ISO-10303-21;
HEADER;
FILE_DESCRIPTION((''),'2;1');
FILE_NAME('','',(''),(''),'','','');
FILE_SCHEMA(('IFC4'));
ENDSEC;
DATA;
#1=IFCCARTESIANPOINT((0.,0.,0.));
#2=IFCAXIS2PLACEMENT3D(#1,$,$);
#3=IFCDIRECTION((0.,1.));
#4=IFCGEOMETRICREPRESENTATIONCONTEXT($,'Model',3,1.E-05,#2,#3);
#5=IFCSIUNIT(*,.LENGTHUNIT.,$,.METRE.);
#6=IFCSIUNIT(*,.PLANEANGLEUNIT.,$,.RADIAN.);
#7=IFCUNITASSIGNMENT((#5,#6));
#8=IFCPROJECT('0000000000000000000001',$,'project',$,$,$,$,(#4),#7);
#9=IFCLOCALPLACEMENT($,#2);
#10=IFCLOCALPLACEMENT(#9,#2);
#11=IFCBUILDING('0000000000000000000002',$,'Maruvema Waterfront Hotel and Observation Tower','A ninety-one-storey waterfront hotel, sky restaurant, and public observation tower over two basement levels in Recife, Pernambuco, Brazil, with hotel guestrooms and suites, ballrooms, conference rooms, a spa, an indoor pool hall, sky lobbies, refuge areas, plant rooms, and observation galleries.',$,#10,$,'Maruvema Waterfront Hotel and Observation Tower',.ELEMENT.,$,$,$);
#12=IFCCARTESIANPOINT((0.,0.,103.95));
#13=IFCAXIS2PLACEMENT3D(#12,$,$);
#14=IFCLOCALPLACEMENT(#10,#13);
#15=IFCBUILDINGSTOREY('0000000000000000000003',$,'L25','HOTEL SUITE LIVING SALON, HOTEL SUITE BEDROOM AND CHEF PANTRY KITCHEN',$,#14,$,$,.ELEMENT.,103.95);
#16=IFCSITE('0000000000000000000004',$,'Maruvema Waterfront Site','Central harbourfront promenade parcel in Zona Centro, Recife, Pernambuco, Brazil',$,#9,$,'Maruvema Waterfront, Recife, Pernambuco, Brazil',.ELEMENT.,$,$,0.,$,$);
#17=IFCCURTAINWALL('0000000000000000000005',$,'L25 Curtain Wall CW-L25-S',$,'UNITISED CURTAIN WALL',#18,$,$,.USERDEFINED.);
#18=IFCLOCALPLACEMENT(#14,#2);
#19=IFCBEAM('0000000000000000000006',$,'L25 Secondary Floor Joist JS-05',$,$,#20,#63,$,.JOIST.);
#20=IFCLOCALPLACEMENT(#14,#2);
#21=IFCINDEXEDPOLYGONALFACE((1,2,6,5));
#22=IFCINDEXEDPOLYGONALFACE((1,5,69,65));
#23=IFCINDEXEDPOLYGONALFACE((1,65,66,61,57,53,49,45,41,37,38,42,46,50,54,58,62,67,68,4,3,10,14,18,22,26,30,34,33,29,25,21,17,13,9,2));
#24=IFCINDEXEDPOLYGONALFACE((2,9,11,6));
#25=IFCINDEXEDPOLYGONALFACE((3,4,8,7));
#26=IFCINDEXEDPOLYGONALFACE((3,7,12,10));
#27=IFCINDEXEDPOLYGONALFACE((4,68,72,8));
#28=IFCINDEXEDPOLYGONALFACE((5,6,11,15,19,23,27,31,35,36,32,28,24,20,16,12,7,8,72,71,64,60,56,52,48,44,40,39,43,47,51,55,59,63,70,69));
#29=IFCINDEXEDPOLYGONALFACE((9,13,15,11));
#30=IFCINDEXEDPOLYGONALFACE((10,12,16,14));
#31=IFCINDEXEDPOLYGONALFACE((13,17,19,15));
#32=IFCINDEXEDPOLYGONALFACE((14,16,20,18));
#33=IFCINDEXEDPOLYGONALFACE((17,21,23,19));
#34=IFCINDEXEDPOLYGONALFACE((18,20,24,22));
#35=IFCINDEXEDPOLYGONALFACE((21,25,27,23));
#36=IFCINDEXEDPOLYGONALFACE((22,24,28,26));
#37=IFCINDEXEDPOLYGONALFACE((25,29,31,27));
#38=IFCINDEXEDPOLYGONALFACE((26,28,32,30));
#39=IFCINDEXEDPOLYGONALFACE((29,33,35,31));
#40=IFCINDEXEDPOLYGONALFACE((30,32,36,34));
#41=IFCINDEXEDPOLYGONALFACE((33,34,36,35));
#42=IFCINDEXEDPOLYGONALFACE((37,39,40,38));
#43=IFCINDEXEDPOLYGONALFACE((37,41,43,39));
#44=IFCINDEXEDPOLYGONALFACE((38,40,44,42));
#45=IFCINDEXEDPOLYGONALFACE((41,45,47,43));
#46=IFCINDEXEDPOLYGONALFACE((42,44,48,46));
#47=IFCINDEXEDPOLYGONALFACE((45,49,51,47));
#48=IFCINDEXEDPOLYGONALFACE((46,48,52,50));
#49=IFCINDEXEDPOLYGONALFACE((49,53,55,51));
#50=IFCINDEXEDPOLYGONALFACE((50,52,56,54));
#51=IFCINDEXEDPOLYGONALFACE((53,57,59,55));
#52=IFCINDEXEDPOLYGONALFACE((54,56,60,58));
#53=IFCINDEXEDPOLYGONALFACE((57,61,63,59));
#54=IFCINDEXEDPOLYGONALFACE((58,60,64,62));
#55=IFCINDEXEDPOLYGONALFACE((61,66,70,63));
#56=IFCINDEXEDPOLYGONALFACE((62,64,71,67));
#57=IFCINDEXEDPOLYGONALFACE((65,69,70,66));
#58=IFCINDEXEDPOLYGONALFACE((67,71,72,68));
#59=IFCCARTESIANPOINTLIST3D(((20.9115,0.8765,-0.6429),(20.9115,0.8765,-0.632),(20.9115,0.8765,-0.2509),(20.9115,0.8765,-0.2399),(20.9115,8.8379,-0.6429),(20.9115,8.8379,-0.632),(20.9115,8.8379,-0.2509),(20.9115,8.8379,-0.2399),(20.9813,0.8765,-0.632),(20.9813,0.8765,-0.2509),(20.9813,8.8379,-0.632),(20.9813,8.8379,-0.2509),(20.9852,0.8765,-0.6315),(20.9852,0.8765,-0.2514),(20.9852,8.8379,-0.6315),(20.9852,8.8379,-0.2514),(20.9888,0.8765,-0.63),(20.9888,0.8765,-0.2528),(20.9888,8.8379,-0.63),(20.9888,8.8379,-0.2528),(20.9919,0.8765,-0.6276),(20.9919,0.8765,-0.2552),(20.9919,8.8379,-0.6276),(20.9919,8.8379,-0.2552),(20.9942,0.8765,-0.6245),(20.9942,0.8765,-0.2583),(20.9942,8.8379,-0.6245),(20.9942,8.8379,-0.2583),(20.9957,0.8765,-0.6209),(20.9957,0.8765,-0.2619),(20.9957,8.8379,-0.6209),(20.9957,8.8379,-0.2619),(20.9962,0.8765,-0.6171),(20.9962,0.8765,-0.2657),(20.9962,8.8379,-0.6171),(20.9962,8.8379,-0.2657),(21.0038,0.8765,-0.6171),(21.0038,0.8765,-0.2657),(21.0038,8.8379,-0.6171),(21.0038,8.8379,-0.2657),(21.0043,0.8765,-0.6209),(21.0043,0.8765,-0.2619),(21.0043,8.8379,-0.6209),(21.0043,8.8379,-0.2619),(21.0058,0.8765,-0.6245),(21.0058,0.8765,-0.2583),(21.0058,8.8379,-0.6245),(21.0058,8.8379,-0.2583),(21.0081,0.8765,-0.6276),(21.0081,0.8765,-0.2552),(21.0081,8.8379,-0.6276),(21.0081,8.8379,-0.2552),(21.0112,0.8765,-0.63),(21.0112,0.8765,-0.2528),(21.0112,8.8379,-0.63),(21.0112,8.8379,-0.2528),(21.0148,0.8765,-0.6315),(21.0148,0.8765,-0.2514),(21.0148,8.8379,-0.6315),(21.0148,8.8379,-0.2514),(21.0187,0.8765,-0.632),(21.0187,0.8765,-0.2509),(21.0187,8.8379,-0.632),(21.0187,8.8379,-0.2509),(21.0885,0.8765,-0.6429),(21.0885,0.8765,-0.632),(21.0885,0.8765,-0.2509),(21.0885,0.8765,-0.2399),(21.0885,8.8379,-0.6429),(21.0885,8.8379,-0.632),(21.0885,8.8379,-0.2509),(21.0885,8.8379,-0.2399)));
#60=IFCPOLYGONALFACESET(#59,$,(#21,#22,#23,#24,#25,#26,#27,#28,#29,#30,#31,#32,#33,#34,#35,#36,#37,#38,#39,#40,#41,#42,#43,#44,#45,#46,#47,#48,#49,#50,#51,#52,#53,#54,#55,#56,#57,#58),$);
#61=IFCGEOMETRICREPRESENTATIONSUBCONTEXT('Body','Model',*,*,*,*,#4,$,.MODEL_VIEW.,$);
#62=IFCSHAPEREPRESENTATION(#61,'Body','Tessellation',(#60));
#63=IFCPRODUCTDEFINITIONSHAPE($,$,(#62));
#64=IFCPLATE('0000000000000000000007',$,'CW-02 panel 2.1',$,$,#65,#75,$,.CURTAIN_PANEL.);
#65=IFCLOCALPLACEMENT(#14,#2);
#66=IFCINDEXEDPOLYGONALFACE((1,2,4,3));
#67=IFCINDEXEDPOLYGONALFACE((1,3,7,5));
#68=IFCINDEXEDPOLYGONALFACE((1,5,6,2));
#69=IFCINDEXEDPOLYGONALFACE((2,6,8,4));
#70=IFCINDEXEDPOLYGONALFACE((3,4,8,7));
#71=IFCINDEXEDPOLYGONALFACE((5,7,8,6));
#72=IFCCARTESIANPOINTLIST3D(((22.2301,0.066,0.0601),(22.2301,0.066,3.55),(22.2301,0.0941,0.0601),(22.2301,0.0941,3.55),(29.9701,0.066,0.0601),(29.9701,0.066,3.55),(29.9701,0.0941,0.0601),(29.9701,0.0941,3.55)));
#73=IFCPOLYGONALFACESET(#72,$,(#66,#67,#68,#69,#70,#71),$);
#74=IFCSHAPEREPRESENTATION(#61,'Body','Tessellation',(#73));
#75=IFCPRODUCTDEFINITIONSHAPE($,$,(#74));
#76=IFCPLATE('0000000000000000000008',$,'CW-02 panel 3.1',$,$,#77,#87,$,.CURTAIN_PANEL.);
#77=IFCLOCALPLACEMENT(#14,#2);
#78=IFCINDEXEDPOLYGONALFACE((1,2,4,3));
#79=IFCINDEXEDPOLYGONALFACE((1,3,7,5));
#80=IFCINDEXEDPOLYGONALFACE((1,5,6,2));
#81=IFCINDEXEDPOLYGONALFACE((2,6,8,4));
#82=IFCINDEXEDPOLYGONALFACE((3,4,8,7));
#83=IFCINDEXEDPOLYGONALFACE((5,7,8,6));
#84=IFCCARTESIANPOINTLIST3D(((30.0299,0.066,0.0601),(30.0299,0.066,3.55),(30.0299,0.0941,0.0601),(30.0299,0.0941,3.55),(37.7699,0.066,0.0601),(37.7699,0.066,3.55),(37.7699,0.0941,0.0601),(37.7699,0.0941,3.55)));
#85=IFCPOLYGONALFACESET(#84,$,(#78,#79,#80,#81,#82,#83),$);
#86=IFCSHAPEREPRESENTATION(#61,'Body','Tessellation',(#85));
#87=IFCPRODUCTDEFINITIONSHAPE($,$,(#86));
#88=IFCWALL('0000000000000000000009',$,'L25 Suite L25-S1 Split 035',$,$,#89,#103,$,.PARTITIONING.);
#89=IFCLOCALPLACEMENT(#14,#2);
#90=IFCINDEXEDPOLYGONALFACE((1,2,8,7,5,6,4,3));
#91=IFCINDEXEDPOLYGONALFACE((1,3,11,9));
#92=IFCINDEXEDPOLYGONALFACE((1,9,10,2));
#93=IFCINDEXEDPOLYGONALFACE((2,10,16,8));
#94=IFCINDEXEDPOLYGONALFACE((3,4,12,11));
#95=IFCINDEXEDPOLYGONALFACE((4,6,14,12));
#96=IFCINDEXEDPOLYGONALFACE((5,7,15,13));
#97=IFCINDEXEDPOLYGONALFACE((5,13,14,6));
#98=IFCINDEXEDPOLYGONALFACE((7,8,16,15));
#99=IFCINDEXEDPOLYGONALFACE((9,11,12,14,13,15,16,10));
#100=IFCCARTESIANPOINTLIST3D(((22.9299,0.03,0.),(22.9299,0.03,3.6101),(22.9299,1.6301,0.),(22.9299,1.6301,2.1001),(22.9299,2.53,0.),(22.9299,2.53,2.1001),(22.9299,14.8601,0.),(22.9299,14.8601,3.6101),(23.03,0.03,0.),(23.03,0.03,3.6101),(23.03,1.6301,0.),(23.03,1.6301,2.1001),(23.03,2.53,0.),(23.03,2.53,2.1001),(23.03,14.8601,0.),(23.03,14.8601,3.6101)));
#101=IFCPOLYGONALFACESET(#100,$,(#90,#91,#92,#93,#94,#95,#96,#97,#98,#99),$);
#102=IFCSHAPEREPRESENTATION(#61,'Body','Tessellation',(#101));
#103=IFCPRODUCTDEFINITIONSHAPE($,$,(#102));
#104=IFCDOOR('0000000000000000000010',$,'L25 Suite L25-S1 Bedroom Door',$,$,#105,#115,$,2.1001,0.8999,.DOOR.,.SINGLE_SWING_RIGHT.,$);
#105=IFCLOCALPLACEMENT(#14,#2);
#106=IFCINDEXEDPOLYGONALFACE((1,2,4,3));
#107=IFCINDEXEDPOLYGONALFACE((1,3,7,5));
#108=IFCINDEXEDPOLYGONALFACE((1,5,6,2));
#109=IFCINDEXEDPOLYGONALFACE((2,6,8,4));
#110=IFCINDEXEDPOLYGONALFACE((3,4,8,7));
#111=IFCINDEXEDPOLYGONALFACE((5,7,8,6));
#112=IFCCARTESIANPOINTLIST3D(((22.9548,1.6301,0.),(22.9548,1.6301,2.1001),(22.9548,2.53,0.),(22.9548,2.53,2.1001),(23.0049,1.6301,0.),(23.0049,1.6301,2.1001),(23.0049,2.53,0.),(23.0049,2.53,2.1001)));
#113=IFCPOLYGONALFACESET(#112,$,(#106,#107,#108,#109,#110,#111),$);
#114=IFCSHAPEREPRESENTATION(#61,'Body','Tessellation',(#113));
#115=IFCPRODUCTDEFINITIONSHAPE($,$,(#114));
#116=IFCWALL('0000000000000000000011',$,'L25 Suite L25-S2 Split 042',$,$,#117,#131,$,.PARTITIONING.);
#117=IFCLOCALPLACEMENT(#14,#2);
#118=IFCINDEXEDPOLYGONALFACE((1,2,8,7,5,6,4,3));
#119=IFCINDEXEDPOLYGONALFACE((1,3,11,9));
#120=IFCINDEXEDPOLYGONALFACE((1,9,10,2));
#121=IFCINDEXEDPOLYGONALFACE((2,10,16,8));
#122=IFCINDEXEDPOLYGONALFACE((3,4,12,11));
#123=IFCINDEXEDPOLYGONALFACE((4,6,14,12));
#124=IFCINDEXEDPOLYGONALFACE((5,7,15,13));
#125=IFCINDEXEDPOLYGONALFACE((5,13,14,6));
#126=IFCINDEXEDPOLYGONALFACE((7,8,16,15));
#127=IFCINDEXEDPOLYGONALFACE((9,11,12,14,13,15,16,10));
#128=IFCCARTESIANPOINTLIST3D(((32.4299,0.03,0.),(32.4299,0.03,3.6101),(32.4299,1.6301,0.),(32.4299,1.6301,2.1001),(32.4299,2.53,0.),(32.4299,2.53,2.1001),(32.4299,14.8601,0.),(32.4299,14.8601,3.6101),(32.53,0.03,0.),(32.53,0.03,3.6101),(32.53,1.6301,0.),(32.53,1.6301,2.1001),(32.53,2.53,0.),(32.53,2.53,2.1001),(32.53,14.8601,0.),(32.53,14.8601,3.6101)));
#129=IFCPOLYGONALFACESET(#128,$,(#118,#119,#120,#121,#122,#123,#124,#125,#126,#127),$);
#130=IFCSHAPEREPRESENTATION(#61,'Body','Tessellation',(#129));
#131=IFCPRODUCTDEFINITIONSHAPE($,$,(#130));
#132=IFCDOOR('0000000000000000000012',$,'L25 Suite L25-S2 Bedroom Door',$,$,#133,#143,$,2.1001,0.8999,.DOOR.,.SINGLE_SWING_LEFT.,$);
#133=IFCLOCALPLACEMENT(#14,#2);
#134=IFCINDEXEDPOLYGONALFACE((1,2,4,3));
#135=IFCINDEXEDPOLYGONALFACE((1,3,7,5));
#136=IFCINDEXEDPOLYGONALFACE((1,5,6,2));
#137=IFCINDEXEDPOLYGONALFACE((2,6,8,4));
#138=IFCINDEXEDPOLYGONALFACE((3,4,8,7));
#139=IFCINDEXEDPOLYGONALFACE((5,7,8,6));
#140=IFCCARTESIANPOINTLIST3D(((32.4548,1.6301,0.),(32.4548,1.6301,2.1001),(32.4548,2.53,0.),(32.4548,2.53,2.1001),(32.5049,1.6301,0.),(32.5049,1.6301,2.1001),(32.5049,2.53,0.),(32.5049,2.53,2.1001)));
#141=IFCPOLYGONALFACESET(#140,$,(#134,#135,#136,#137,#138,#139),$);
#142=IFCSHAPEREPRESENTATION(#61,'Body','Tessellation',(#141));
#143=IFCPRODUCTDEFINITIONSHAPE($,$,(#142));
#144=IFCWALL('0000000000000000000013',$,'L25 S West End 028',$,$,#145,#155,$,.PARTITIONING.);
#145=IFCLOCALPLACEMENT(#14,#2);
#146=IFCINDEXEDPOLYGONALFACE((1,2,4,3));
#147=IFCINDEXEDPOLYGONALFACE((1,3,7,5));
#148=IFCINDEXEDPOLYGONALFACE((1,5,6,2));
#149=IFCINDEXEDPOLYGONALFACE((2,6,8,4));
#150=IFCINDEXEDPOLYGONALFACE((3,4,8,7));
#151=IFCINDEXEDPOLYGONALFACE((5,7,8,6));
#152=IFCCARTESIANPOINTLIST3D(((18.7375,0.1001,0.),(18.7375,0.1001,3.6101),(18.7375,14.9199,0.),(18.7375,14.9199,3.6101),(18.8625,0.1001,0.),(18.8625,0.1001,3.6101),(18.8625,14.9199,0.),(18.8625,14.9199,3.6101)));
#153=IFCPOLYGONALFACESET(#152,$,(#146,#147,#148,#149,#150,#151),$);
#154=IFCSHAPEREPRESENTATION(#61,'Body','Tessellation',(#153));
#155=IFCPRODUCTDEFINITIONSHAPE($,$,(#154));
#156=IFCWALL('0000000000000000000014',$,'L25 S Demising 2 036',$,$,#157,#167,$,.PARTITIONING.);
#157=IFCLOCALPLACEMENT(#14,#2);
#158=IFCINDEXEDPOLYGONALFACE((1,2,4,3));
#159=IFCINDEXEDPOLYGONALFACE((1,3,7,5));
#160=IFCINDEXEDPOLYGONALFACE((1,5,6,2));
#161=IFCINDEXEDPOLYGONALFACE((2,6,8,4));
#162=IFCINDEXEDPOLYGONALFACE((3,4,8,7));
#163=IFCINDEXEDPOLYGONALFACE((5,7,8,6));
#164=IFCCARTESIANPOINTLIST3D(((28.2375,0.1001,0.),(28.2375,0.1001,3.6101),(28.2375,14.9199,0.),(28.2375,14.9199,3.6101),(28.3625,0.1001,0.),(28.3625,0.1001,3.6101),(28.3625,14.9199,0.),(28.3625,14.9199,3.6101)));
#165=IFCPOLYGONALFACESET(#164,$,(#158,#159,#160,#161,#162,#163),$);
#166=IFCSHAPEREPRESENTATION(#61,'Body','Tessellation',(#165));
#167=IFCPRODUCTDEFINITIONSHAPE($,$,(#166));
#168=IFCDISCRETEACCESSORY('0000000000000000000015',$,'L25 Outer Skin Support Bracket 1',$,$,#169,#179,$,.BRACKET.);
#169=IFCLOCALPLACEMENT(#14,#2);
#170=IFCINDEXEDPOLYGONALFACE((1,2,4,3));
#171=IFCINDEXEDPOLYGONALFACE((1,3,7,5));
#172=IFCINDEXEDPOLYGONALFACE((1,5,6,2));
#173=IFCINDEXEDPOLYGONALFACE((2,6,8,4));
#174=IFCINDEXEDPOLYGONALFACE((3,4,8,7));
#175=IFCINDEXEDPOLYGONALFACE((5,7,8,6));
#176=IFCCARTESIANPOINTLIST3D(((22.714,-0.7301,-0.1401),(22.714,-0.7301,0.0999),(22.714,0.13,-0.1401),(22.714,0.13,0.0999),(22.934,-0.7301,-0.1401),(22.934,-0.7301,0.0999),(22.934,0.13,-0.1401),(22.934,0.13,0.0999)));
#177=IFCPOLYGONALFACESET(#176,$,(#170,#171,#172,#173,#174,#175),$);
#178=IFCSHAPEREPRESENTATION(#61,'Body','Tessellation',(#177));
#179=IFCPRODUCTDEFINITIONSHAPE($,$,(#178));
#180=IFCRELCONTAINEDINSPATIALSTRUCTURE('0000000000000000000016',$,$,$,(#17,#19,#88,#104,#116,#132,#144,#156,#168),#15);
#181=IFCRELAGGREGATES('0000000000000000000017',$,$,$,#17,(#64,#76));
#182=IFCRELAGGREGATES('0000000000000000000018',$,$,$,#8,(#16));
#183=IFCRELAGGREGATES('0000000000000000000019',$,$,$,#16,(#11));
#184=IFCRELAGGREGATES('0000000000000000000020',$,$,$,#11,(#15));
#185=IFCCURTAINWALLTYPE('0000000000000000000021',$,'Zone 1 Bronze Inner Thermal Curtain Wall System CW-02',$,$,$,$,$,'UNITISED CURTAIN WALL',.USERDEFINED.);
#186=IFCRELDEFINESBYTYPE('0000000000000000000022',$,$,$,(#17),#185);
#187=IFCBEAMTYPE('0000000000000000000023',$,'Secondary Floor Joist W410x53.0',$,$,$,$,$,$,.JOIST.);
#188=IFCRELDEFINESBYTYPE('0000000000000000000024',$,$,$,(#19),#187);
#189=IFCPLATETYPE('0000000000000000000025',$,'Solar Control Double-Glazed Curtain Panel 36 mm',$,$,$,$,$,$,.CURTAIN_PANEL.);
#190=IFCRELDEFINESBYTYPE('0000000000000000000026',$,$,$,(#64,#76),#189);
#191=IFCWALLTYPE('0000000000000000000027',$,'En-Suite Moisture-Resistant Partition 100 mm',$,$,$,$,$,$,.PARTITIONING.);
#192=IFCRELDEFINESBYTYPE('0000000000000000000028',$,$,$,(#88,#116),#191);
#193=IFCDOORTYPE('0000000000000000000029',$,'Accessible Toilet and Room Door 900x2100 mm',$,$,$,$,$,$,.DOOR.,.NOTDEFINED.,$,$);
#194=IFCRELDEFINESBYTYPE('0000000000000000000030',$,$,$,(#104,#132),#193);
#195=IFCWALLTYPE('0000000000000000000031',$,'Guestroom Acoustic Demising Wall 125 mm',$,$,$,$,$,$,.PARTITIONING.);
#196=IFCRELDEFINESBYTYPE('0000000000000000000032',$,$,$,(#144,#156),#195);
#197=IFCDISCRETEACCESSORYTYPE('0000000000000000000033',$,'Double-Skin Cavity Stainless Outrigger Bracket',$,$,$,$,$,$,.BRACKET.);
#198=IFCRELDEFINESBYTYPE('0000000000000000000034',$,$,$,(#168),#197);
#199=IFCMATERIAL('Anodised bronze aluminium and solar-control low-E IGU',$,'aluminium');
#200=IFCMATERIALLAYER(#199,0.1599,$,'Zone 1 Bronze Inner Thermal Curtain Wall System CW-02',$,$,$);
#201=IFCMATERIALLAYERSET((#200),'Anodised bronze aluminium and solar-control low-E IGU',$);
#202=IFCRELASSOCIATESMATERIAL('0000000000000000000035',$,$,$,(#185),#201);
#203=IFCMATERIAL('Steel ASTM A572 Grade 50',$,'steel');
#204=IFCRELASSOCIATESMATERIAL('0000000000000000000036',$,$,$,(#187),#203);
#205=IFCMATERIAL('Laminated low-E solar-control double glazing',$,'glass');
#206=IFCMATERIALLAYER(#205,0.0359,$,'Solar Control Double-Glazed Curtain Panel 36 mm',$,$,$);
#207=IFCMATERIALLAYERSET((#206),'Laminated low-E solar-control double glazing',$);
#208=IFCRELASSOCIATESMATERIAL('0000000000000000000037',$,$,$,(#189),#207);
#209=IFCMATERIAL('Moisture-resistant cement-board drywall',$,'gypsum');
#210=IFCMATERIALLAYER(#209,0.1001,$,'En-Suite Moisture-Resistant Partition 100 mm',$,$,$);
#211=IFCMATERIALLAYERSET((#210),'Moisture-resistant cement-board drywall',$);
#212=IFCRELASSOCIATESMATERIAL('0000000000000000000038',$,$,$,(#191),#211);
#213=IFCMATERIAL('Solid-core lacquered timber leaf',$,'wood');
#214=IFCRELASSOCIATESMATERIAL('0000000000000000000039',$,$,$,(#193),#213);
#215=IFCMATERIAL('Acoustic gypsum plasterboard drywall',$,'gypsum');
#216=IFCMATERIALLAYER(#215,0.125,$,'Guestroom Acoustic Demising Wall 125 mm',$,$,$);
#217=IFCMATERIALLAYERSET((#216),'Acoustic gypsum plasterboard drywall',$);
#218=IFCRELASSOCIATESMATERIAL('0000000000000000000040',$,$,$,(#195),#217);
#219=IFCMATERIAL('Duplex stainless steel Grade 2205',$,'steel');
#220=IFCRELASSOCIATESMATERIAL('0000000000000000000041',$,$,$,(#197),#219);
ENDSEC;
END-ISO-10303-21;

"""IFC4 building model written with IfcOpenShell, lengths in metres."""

from ifc_helpers import new_model, si_unit, direction, frame, frame_2d, origin, origin_2d, place, context, subcontext, project, spatial, rectangle, i_section, extrude, material, layer, layer_set, material_profile, profile_set, type_object, element, fill, aggregate, save


model = new_model("IFC4")

# Units and contexts
model_context = context("Model", 3, precision=1e-05, world=origin(), true_north=direction((0.0, 1.0)))
body_context = subcontext(model_context, "Body", "Model", "MODEL_VIEW")
ifc_project = project(units=[si_unit("LENGTHUNIT", "METRE"), si_unit("PLANEANGLEUNIT", "RADIAN")], contexts=[model_context])

# Site, building, storey
site_placement = place(None, origin())
site = spatial("IfcSite", under=ifc_project, at=site_placement, Name="Maruvema Waterfront Site", Description="Central harbourfront promenade parcel in Zona Centro, Recife, Pernambuco, Brazil", LongName="Maruvema Waterfront, Recife, Pernambuco, Brazil", CompositionType="ELEMENT", RefElevation=0.0)
building_placement = place(site_placement, origin())
building = spatial("IfcBuilding", under=site, at=building_placement, Name="Maruvema Waterfront Hotel and Observation Tower", Description="A ninety-one-storey waterfront hotel, sky restaurant, and public observation tower over two basement levels in Recife, Pernambuco, Brazil, with hotel guestrooms and suites, ballrooms, conference rooms, a spa, an indoor pool hall, sky lobbies, refuge areas, plant rooms, and observation galleries.", LongName="Maruvema Waterfront Hotel and Observation Tower", CompositionType="ELEMENT")
storey_placement = place(building_placement, frame((0.0, 0.0, 103.95)))
storey = spatial("IfcBuildingStorey", under=building, at=storey_placement, Name="L25", Description="HOTEL SUITE LIVING SALON, HOTEL SUITE BEDROOM AND CHEF PANTRY KITCHEN", CompositionType="ELEMENT", Elevation=103.95)

# Curtain wall
ifc_material_1 = material(Name="Anodised bronze aluminium and solar-control low-E IGU", Category="aluminium")
ifc_layer_1 = layer(ifc_material_1, 0.1599, Name="Zone 1 Bronze Inner Thermal Curtain Wall System CW-02")
ifc_layer_set_1 = layer_set([ifc_layer_1], Name="Anodised bronze aluminium and solar-control low-E IGU")
curtain_wall_type = type_object("IfcCurtainWallType", Name="Zone 1 Bronze Inner Thermal Curtain Wall System CW-02", ElementType="UNITISED CURTAIN WALL", PredefinedType="USERDEFINED", material=ifc_layer_set_1)
curtain_wall_placement = place(storey_placement, origin())
curtain_wall = element("IfcCurtainWall", 1, at=curtain_wall_placement, inside=storey, type_object=curtain_wall_type, Name="L25 Curtain Wall CW-L25-S", ObjectType="UNITISED CURTAIN WALL", PredefinedType="USERDEFINED")

# Beam
ifc_material_2 = material(Name="Steel ASTM A572 Grade 50", Category="steel")
ifc_material_profile_1 = material_profile(ifc_material_2, i_section(OverallWidth=0.177, OverallDepth=0.4031, WebThickness=0.0076, FlangeThickness=0.011, FilletRadius=0.0149, at=origin_2d()), Name="W410x53.0")
ifc_profile_set_1 = profile_set([ifc_material_profile_1], Name="Steel ASTM A572 Grade 50")
beam_type_1 = type_object("IfcBeamType", Name="Secondary Floor Joist W410x53.0", PredefinedType="JOIST", material=ifc_profile_set_1)
beam_1_placement = place(storey_placement, frame((21.0, 0.8765, -0.4414), z_axis=(0.0, 1.0, 0.0), x_axis=(-1.0, 0.0, 0.0)))
element("IfcBeam", 2, at=beam_1_placement, inside=storey, type_object=beam_type_1, Name="L25 Secondary Floor Joist JS-05", PredefinedType="JOIST", context=body_context, shape_type="SweptSolid", body=[
    extrude(i_section(OverallWidth=0.177, OverallDepth=0.4031, WebThickness=0.0076, FlangeThickness=0.011, FilletRadius=0.0149, at=origin_2d()), origin(), (0.0, 0.0, 1.0), 7.9614),
])

# Plates
ifc_material_3 = material(Name="Laminated low-E solar-control double glazing", Category="glass")
ifc_layer_2 = layer(ifc_material_3, 0.0359, Name="Solar Control Double-Glazed Curtain Panel 36 mm")
ifc_layer_set_2 = layer_set([ifc_layer_2], Name="Laminated low-E solar-control double glazing")
plate_type = type_object("IfcPlateType", Name="Solar Control Double-Glazed Curtain Panel 36 mm", PredefinedType="CURTAIN_PANEL", material=ifc_layer_set_2)
plate_1_placement = place(storey_placement, frame((26.1001, 0.0801, 0.0601), z_axis=(0.0, 0.0, 1.0), x_axis=(1.0, 0.0, 0.0)))
plate_1 = element("IfcPlate", 3, at=plate_1_placement, type_object=plate_type, Name="CW-02 panel 2.1", PredefinedType="CURTAIN_PANEL", context=body_context, shape_type="SweptSolid", body=[
    extrude(rectangle(XDim=7.74, YDim=0.0281, at=origin_2d()), origin(), (0.0, 0.0, 1.0), 3.49),
])
plate_2_placement = place(storey_placement, frame((33.8999, 0.0801, 0.0601), z_axis=(0.0, 0.0, 1.0), x_axis=(1.0, 0.0, 0.0)))
plate_2 = element("IfcPlate", 4, at=plate_2_placement, type_object=plate_type, Name="CW-02 panel 3.1", PredefinedType="CURTAIN_PANEL", context=body_context, shape_type="SweptSolid", body=[
    extrude(rectangle(XDim=7.74, YDim=0.0281, at=origin_2d()), origin(), (0.0, 0.0, 1.0), 3.49),
])
aggregate(curtain_wall, [plate_1, plate_2])

# Walls, openings, doors
ifc_material_4 = material(Name="Moisture-resistant cement-board drywall", Category="gypsum")
ifc_layer_3 = layer(ifc_material_4, 0.1001, Name="En-Suite Moisture-Resistant Partition 100 mm")
ifc_layer_set_3 = layer_set([ifc_layer_3], Name="Moisture-resistant cement-board drywall")
wall_type_1 = type_object("IfcWallType", Name="En-Suite Moisture-Resistant Partition 100 mm", PredefinedType="PARTITIONING", material=ifc_layer_set_3)
wall_1_placement = place(storey_placement, frame((22.98, 0.03, 0.0), z_axis=(0.0, 0.0, 1.0), x_axis=(0.0, 1.0, 0.0)))
wall_1 = element("IfcWall", 5, at=wall_1_placement, inside=storey, type_object=wall_type_1, Name="L25 Suite L25-S1 Split 035", PredefinedType="PARTITIONING", context=body_context, shape_type="SweptSolid", body=[
    extrude(rectangle(XDim=14.8301, YDim=0.1001, at=frame_2d((7.415, 0.0))), origin(), (0.0, 0.0, 1.0), 3.6101),
])
opening_1_placement = place(wall_1_placement, frame((1.6001, 0.0, 0.0)))
opening_1 = element("IfcOpeningElement", 6, at=opening_1_placement, cuts=wall_1, PredefinedType="OPENING", context=body_context, shape_type="SweptSolid", body=[
    extrude(rectangle(XDim=0.8999, YDim=2.1001, at=frame_2d((0.45, 1.05))), frame((0.0, 0.0601, 0.0), z_axis=(0.0, -1.0, 0.0), x_axis=(1.0, 0.0, 0.0)), (0.0, 0.0, 1.0), 0.1201),
])
ifc_material_5 = material(Name="Solid-core lacquered timber leaf", Category="wood")
door_type = type_object("IfcDoorType", Name="Accessible Toilet and Room Door 900x2100 mm", OperationType="NOTDEFINED", PredefinedType="DOOR", material=ifc_material_5)
door_1_placement = place(opening_1_placement, frame((0.8999, 0.0, 0.0), z_axis=(0.0, 0.0, 1.0), x_axis=(-1.0, 0.0, 0.0)))
door_1 = element("IfcDoor", 7, at=door_1_placement, inside=storey, type_object=door_type, Name="L25 Suite L25-S1 Bedroom Door", OperationType="SINGLE_SWING_RIGHT", OverallHeight=2.1001, OverallWidth=0.8999, PredefinedType="DOOR", context=body_context, shape_type="SweptSolid", body=[
    extrude(rectangle(XDim=0.8999, YDim=2.1001, at=frame_2d((0.45, 1.05))), frame((0.0, 0.0249, 0.0), z_axis=(0.0, -1.0, 0.0), x_axis=(1.0, 0.0, 0.0)), (0.0, 0.0, 1.0), 0.05),
])
fill(opening_1, door_1)
wall_2_placement = place(storey_placement, frame((32.48, 0.03, 0.0), z_axis=(0.0, 0.0, 1.0), x_axis=(0.0, 1.0, 0.0)))
wall_2 = element("IfcWall", 8, at=wall_2_placement, inside=storey, type_object=wall_type_1, Name="L25 Suite L25-S2 Split 042", PredefinedType="PARTITIONING", context=body_context, shape_type="SweptSolid", body=[
    extrude(rectangle(XDim=14.8301, YDim=0.1001, at=frame_2d((7.415, 0.0))), origin(), (0.0, 0.0, 1.0), 3.6101),
])
opening_2_placement = place(wall_2_placement, frame((1.6001, 0.0, 0.0)))
opening_2 = element("IfcOpeningElement", 9, at=opening_2_placement, cuts=wall_2, PredefinedType="OPENING", context=body_context, shape_type="SweptSolid", body=[
    extrude(rectangle(XDim=0.8999, YDim=2.1001, at=frame_2d((0.45, 1.05))), frame((0.0, 0.0601, 0.0), z_axis=(0.0, -1.0, 0.0), x_axis=(1.0, 0.0, 0.0)), (0.0, 0.0, 1.0), 0.1201),
])
door_2_placement = place(opening_2_placement, frame((0.8999, 0.0, 0.0), z_axis=(0.0, 0.0, 1.0), x_axis=(-1.0, 0.0, 0.0)))
door_2 = element("IfcDoor", 10, at=door_2_placement, inside=storey, type_object=door_type, Name="L25 Suite L25-S2 Bedroom Door", OperationType="SINGLE_SWING_LEFT", OverallHeight=2.1001, OverallWidth=0.8999, PredefinedType="DOOR", context=body_context, shape_type="SweptSolid", body=[
    extrude(rectangle(XDim=0.8999, YDim=2.1001, at=frame_2d((0.45, 1.05))), frame((0.0, 0.0249, 0.0), z_axis=(0.0, -1.0, 0.0), x_axis=(1.0, 0.0, 0.0)), (0.0, 0.0, 1.0), 0.05),
])
fill(opening_2, door_2)

# Walls
ifc_material_6 = material(Name="Acoustic gypsum plasterboard drywall", Category="gypsum")
ifc_layer_4 = layer(ifc_material_6, 0.125, Name="Guestroom Acoustic Demising Wall 125 mm")
ifc_layer_set_4 = layer_set([ifc_layer_4], Name="Acoustic gypsum plasterboard drywall")
wall_type_2 = type_object("IfcWallType", Name="Guestroom Acoustic Demising Wall 125 mm", PredefinedType="PARTITIONING", material=ifc_layer_set_4)
for number, where, z_axis, x_axis, name in (
    (11, (18.8, 0.1001, 0.0), (0.0, 0.0, 1.0), (0.0, 1.0, 0.0), "L25 S West End 028"),
    (12, (28.3, 0.1001, 0.0), (0.0, 0.0, 1.0), (0.0, 1.0, 0.0), "L25 S Demising 2 036"),
):
    element("IfcWall", number, at=place(storey_placement, frame(where, z_axis=z_axis, x_axis=x_axis)), inside=storey, type_object=wall_type_2, Name=name, PredefinedType="PARTITIONING", context=body_context, shape_type="SweptSolid", body=[
        extrude(rectangle(XDim=14.8198, YDim=0.125, at=frame_2d((7.4099, 0.0))), origin(), (0.0, 0.0, 1.0), 3.6101),
    ])

# Discrete accessory
ifc_material_7 = material(Name="Duplex stainless steel Grade 2205", Category="steel")
discrete_accessory_type = type_object("IfcDiscreteAccessoryType", Name="Double-Skin Cavity Stainless Outrigger Bracket", PredefinedType="BRACKET", material=ifc_material_7)
discrete_accessory_placement = place(storey_placement, frame((22.824, -0.3, -0.1401), z_axis=(0.0, 0.0, 1.0), x_axis=(1.0, 0.0, 0.0)))
element("IfcDiscreteAccessory", 13, at=discrete_accessory_placement, inside=storey, type_object=discrete_accessory_type, Name="L25 Outer Skin Support Bracket 1", PredefinedType="BRACKET", context=body_context, shape_type="SweptSolid", body=[
    extrude(rectangle(XDim=0.22, YDim=0.8601, at=origin_2d()), origin(), (0.0, 0.0, 1.0), 0.24),
])

save(model, "model.ifc")
